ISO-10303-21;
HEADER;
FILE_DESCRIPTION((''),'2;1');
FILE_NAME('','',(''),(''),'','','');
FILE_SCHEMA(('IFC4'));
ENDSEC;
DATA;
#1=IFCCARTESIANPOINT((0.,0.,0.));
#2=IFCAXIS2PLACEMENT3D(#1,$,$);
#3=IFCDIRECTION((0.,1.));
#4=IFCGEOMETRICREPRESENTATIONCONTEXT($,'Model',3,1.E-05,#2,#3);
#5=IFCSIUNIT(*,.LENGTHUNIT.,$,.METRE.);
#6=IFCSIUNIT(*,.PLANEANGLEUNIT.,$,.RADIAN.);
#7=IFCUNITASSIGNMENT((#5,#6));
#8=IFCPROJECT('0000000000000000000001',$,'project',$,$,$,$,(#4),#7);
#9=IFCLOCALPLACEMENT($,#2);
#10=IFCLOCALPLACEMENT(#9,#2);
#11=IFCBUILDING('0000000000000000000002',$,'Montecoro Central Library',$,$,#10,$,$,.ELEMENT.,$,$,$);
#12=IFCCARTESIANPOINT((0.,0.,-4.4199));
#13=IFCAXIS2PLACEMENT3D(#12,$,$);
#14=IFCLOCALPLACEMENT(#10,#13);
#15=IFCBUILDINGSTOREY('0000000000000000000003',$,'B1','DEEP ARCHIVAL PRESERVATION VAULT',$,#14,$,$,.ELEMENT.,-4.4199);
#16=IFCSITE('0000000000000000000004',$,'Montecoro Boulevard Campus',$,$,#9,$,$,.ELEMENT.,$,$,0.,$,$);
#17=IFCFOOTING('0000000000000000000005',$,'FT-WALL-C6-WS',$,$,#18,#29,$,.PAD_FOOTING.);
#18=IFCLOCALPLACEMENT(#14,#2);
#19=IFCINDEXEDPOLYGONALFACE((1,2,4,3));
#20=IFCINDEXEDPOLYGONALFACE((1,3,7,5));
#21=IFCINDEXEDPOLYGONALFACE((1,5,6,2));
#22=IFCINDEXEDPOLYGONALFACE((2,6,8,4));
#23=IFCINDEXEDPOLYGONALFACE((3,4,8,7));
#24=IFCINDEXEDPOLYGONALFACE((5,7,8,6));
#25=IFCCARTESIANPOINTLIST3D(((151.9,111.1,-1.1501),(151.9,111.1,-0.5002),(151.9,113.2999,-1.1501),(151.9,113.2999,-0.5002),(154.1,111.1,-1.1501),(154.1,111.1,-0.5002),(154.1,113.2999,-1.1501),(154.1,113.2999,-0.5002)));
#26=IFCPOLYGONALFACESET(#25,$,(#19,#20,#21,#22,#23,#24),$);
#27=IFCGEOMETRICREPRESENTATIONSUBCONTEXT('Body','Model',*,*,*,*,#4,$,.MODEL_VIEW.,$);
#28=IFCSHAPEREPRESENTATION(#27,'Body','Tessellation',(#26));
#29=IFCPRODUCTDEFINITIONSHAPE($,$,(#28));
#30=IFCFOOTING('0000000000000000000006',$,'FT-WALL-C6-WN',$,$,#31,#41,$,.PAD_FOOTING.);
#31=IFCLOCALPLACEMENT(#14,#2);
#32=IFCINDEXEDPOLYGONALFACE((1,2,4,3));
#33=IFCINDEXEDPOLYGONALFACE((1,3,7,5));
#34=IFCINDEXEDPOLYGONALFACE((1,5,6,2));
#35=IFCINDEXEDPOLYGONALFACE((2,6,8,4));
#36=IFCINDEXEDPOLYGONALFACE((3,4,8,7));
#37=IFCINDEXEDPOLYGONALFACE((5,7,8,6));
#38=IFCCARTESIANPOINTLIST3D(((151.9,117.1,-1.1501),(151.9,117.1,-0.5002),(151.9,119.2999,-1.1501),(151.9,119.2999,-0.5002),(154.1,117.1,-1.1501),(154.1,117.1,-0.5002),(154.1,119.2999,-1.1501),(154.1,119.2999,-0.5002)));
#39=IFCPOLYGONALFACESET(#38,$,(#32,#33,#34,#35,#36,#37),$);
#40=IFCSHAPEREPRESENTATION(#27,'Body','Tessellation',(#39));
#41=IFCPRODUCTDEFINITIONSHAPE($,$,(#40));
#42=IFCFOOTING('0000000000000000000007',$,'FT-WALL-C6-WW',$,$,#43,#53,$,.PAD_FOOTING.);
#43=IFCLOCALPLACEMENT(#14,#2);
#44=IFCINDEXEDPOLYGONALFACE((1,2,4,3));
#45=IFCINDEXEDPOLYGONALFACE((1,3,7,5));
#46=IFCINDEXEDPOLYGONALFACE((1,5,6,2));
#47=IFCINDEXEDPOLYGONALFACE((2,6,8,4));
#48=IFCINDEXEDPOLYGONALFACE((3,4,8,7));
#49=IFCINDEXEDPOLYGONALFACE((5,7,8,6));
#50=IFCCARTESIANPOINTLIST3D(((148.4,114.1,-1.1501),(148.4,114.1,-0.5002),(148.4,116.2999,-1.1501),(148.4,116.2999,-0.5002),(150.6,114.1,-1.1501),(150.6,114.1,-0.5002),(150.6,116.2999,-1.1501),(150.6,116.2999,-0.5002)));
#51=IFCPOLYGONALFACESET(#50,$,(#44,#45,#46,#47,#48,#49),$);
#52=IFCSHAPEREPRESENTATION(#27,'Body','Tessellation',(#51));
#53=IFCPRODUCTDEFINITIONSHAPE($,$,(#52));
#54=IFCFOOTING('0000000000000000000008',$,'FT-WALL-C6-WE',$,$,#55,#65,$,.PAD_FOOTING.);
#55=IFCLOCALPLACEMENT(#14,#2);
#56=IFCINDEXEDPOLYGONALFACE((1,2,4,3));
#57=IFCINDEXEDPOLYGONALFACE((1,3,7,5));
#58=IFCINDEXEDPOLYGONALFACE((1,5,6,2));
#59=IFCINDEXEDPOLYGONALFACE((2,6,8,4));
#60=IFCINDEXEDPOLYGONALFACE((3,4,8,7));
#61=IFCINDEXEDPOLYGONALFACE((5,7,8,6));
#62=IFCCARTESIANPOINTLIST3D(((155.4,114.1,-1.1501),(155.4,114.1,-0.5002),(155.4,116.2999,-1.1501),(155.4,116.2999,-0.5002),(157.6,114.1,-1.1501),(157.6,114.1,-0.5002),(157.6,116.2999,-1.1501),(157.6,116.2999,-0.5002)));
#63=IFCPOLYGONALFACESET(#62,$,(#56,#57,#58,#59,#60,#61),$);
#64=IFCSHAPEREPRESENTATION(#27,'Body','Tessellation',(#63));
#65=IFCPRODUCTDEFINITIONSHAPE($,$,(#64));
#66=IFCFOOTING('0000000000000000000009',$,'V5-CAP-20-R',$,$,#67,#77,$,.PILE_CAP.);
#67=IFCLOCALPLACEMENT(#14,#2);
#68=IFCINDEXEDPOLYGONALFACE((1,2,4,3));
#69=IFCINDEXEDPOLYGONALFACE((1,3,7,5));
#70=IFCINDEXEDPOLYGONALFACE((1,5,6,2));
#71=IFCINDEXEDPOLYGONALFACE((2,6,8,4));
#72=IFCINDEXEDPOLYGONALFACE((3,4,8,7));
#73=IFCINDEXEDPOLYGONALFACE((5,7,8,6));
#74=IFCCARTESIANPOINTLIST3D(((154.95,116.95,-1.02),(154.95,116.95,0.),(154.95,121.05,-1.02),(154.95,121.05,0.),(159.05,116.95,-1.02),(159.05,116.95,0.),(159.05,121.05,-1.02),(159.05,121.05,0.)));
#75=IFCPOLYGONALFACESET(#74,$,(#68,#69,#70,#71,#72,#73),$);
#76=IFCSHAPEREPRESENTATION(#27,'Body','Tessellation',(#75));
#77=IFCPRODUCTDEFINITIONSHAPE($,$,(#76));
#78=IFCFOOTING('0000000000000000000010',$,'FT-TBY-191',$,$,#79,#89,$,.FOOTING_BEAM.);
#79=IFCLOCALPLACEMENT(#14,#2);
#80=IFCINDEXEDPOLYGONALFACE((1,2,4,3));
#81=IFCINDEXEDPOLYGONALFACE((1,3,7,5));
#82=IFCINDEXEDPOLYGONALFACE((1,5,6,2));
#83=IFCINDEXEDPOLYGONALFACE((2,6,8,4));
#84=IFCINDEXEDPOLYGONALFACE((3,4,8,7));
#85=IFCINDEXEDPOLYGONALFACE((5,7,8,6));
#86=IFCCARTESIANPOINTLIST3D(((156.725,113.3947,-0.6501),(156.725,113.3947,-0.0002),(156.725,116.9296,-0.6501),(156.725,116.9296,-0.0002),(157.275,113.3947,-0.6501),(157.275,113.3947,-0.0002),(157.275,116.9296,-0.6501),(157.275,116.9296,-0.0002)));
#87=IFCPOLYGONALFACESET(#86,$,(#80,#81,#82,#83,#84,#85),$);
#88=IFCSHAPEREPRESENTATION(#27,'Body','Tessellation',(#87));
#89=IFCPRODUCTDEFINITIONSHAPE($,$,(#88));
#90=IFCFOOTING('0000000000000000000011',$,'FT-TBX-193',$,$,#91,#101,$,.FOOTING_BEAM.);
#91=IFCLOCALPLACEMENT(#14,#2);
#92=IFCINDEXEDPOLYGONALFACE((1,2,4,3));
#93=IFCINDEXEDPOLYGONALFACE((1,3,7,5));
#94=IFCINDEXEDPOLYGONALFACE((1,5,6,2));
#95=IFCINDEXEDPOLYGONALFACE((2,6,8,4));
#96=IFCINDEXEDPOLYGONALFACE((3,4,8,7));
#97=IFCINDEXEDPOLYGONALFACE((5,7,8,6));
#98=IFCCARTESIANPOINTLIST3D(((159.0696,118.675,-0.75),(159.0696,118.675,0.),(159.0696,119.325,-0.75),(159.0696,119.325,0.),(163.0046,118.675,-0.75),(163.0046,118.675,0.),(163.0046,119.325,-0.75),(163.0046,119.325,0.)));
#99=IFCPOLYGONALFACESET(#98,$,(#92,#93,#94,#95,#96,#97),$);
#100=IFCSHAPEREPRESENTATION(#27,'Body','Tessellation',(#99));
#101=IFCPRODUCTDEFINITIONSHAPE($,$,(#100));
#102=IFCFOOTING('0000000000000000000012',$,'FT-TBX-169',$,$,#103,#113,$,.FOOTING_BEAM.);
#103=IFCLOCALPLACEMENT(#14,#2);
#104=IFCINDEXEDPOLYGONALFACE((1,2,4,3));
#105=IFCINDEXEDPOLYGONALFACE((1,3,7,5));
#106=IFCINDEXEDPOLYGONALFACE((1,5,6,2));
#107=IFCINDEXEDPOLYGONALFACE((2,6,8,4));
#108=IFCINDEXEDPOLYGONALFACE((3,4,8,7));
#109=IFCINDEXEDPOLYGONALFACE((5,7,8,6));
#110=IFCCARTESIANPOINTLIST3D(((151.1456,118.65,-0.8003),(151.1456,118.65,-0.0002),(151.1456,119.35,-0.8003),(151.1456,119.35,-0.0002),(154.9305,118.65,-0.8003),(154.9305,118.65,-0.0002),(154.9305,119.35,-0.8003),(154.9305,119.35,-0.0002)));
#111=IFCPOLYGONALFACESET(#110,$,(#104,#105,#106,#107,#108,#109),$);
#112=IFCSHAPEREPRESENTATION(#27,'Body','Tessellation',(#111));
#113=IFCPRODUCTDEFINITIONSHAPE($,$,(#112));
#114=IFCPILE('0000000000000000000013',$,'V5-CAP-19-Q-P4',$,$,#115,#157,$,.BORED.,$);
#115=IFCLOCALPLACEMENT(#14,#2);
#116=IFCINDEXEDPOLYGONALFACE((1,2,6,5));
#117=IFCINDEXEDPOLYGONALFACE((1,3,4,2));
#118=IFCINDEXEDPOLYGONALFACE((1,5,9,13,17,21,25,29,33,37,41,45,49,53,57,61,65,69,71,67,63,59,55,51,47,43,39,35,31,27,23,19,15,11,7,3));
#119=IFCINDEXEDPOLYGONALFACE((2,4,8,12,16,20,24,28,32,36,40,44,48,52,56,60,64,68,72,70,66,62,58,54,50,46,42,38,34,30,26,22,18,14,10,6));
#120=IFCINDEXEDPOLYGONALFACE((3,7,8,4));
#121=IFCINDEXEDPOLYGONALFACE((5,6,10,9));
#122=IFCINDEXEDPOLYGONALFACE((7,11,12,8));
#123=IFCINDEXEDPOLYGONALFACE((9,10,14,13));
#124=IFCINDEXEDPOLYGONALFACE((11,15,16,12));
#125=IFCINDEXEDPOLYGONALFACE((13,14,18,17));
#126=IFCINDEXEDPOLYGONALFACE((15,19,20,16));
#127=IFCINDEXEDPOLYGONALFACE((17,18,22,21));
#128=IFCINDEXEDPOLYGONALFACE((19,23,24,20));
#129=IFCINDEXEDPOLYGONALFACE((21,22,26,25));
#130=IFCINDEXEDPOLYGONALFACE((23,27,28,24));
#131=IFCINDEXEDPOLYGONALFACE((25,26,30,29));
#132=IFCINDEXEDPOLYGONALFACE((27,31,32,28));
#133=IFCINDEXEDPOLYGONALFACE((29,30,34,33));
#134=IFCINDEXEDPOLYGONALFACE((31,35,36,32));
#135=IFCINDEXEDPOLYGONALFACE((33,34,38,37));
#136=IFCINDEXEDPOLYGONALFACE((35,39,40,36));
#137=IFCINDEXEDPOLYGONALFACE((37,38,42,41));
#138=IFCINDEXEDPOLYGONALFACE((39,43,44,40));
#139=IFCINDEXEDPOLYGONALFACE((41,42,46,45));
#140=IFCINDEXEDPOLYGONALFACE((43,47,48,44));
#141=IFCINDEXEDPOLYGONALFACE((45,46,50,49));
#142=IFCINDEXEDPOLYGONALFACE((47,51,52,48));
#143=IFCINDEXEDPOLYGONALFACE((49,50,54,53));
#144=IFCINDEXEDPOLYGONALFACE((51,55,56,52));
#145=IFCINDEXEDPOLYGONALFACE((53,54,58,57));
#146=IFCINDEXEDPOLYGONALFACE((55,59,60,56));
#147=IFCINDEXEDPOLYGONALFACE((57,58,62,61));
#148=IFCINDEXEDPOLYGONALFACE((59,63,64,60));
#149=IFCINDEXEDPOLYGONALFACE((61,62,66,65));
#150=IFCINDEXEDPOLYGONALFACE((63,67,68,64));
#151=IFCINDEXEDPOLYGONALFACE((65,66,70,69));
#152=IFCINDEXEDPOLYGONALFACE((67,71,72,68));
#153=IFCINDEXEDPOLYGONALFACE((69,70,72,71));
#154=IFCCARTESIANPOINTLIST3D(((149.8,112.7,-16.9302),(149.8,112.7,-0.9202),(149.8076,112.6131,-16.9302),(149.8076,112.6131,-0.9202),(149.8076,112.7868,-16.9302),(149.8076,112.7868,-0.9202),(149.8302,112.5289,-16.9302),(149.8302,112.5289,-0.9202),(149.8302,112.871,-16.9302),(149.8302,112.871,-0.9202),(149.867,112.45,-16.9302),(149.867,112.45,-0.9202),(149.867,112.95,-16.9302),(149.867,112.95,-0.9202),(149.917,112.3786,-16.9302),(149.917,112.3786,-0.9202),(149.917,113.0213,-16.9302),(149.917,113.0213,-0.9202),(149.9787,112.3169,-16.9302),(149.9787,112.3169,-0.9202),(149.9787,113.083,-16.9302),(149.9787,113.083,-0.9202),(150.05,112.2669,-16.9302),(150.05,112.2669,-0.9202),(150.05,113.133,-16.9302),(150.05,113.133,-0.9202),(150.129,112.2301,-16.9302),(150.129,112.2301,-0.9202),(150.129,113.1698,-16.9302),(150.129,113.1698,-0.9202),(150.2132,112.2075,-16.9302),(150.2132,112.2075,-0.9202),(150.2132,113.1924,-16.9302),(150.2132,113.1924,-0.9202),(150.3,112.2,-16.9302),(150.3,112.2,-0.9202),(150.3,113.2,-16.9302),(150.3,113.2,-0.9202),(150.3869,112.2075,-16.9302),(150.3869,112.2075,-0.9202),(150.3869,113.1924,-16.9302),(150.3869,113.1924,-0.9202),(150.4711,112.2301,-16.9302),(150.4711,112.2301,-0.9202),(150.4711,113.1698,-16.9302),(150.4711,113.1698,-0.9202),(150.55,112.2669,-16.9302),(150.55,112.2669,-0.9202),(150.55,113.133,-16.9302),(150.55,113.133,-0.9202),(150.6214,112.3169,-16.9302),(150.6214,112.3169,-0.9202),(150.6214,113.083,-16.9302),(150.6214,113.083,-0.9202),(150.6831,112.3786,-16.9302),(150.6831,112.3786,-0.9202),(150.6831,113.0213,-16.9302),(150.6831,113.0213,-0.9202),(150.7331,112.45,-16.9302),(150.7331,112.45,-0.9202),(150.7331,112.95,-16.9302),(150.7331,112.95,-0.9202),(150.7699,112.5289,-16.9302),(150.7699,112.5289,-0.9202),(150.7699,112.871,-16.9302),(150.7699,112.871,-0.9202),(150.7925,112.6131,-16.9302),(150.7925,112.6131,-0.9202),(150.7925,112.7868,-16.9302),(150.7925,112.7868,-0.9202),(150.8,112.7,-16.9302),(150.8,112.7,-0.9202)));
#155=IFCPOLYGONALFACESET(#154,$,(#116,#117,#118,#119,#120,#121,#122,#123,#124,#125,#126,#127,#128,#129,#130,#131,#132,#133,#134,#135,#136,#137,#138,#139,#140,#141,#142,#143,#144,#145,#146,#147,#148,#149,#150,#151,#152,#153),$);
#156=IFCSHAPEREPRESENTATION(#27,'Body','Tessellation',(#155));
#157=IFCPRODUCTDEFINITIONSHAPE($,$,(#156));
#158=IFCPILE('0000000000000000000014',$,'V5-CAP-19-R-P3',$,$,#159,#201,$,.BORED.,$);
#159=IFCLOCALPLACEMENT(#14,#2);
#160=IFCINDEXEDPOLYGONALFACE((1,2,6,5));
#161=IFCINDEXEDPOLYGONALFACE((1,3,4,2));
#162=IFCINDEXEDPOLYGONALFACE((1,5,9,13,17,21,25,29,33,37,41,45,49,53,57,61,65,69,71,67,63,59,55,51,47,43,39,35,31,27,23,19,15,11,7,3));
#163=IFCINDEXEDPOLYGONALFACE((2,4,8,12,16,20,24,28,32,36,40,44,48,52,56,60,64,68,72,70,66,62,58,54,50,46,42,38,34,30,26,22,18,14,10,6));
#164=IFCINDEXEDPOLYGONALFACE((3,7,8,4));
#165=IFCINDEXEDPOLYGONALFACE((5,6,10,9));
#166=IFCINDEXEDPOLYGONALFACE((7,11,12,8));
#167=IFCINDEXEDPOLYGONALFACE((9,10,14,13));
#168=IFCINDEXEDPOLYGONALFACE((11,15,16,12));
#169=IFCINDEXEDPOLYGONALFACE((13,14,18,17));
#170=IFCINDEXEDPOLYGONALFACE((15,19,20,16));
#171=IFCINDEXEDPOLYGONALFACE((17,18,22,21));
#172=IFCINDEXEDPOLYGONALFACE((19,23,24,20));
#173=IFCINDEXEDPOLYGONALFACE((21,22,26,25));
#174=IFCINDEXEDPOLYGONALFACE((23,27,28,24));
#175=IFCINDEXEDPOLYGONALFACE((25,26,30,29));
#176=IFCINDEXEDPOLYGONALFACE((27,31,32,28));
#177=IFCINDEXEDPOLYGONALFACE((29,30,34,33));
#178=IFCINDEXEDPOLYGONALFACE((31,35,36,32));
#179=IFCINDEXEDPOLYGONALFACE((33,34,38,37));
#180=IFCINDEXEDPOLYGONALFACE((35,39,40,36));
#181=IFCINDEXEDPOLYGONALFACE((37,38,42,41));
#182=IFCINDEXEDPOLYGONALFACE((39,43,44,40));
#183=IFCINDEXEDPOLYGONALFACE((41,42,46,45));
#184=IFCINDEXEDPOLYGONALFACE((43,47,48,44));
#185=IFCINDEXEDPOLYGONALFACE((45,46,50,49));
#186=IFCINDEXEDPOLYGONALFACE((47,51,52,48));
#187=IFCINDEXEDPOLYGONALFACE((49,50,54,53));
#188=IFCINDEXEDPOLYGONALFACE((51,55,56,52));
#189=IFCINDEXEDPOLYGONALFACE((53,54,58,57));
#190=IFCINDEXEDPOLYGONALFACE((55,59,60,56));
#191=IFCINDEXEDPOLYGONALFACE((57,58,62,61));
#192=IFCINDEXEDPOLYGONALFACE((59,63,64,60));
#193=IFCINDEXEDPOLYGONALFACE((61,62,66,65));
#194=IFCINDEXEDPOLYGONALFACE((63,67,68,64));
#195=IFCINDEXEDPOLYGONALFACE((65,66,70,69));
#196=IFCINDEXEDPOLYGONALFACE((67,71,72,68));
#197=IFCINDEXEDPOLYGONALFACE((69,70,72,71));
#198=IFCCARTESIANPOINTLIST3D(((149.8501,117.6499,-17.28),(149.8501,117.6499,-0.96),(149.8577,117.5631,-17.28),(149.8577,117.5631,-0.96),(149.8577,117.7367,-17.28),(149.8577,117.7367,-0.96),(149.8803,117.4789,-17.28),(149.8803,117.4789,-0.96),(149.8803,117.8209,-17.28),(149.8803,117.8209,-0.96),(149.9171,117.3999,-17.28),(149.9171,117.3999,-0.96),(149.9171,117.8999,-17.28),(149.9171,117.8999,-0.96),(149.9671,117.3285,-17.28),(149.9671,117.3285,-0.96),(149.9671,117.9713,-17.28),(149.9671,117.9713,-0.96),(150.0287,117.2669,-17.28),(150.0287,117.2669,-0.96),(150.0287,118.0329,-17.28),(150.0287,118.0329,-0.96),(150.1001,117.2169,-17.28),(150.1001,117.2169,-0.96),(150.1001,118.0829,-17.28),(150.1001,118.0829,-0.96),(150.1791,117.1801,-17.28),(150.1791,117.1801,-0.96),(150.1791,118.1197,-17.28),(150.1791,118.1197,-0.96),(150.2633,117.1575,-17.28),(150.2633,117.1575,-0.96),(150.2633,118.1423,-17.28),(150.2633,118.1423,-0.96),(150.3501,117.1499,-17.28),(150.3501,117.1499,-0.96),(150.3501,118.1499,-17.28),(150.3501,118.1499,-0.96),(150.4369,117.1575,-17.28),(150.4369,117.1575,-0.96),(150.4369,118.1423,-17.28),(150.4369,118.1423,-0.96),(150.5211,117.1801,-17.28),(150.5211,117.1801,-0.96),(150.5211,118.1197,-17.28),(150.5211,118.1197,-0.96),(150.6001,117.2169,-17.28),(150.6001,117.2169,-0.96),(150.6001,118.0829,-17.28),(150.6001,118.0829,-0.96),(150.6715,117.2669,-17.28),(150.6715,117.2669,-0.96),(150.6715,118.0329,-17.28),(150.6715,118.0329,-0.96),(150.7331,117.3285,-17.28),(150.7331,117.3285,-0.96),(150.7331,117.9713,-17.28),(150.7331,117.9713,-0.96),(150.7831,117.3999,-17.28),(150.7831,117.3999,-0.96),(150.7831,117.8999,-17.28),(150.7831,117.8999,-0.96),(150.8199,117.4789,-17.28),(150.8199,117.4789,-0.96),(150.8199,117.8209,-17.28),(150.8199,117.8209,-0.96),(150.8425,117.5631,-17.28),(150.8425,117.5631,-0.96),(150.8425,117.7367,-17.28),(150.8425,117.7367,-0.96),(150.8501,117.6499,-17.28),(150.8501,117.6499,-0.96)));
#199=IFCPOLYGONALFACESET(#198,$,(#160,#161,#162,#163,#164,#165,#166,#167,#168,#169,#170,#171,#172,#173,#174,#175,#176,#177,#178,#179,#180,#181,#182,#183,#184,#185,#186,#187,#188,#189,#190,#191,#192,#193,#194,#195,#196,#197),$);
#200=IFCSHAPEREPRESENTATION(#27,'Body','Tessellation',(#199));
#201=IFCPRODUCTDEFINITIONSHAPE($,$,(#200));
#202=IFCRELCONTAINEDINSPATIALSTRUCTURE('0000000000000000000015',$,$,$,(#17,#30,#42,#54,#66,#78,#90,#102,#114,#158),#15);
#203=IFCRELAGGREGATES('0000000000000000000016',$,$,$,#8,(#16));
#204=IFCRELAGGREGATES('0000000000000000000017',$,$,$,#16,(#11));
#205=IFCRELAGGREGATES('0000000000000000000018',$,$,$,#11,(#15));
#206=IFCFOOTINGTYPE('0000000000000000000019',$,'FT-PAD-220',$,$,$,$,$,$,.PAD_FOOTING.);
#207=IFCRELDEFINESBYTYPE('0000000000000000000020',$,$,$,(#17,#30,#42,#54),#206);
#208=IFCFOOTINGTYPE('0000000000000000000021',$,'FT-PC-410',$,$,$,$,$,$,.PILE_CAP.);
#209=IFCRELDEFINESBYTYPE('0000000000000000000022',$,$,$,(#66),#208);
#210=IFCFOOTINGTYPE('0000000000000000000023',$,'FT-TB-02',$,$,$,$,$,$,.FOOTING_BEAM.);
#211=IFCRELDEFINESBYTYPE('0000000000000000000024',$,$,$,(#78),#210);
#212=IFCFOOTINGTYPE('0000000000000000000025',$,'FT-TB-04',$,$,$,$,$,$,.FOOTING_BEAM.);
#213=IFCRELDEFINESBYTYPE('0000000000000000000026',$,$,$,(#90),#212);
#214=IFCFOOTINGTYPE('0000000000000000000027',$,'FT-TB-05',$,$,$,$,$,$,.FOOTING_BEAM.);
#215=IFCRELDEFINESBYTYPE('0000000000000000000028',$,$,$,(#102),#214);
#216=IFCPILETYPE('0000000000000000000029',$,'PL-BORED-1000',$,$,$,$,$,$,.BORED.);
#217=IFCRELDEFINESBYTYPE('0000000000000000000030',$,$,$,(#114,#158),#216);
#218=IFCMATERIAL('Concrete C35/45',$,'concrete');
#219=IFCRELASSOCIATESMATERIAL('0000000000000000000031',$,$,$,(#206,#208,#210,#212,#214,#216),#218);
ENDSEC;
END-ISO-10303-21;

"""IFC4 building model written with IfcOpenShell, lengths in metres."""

from ifc_helpers import new_model, si_unit, direction, frame, origin, origin_2d, place, context, subcontext, project, spatial, rectangle, circle, extrude, material, material_profile, profile_set, type_object, element, save


model = new_model("IFC4")

# Units and contexts
model_context = context("Model", 3, precision=1e-05, world=origin(), true_north=direction((0.0, 1.0)))
body_context = subcontext(model_context, "Body", "Model", "MODEL_VIEW")
ifc_project = project(units=[si_unit("LENGTHUNIT", "METRE"), si_unit("PLANEANGLEUNIT", "RADIAN")], contexts=[model_context])

# Site, building, storey
site_placement = place(None, origin())
site = spatial("IfcSite", under=ifc_project, at=site_placement, Name="Montecoro Boulevard Campus", CompositionType="ELEMENT", RefElevation=0.0)
building_placement = place(site_placement, origin())
building = spatial("IfcBuilding", under=site, at=building_placement, Name="Montecoro Central Library", CompositionType="ELEMENT")
storey_placement = place(building_placement, frame((0.0, 0.0, -4.4199)))
storey = spatial("IfcBuildingStorey", under=building, at=storey_placement, Name="B1", Description="DEEP ARCHIVAL PRESERVATION VAULT", CompositionType="ELEMENT", Elevation=-4.4199)

# Footings
ifc_material_1 = material(Name="Concrete C35/45", Category="concrete")
footing_type_1 = type_object("IfcFootingType", Name="FT-PAD-220", PredefinedType="PAD_FOOTING", material=ifc_material_1)
for number, where, z_axis, x_axis, name in (
    (1, (153.0, 112.2, -1.1501), (0.0, 0.0, 1.0), (1.0, 0.0, 0.0), "FT-WALL-C6-WS"),
    (2, (153.0, 118.2, -1.1501), (0.0, 0.0, 1.0), (1.0, 0.0, 0.0), "FT-WALL-C6-WN"),
    (3, (149.5, 115.2, -1.1501), (0.0, 0.0, 1.0), (1.0, 0.0, 0.0), "FT-WALL-C6-WW"),
    (4, (156.5, 115.2, -1.1501), (0.0, 0.0, 1.0), (1.0, 0.0, 0.0), "FT-WALL-C6-WE"),
):
    element("IfcFooting", number, at=place(storey_placement, frame(where, z_axis=z_axis, x_axis=x_axis)), inside=storey, type_object=footing_type_1, Name=name, PredefinedType="PAD_FOOTING", context=body_context, shape_type="SweptSolid", body=[
        extrude(rectangle(XDim=2.2, YDim=2.2, at=origin_2d()), origin(), (0.0, 0.0, 1.0), 0.6499),
    ])
footing_type_2 = type_object("IfcFootingType", Name="FT-PC-410", PredefinedType="PILE_CAP", material=ifc_material_1)
footing_1_placement = place(storey_placement, frame((157.0, 119.0, -1.02), z_axis=(0.0, 0.0, 1.0), x_axis=(1.0, 0.0, 0.0)))
element("IfcFooting", 5, at=footing_1_placement, inside=storey, type_object=footing_type_2, Name="V5-CAP-20-R", PredefinedType="PILE_CAP", context=body_context, shape_type="SweptSolid", body=[
    extrude(rectangle(XDim=4.1001, YDim=4.1001, at=origin_2d()), origin(), (0.0, 0.0, 1.0), 1.02),
])
footing_type_3 = type_object("IfcFootingType", Name="FT-TB-02", PredefinedType="FOOTING_BEAM", material=ifc_material_1)
footing_2_placement = place(storey_placement, frame((157.0, 115.1621, -0.6501), z_axis=(0.0, 0.0, 1.0), x_axis=(1.0, 0.0, 0.0)))
element("IfcFooting", 6, at=footing_2_placement, inside=storey, type_object=footing_type_3, Name="FT-TBY-191", PredefinedType="FOOTING_BEAM", context=body_context, shape_type="SweptSolid", body=[
    extrude(rectangle(XDim=0.55, YDim=3.5349, at=origin_2d()), origin(), (0.0, 0.0, 1.0), 0.6499),
])
footing_type_4 = type_object("IfcFootingType", Name="FT-TB-04", PredefinedType="FOOTING_BEAM", material=ifc_material_1)
footing_3_placement = place(storey_placement, frame((161.0371, 119.0, -0.75), z_axis=(0.0, 0.0, 1.0), x_axis=(1.0, 0.0, 0.0)))
element("IfcFooting", 7, at=footing_3_placement, inside=storey, type_object=footing_type_4, Name="FT-TBX-193", PredefinedType="FOOTING_BEAM", context=body_context, shape_type="SweptSolid", body=[
    extrude(rectangle(XDim=3.9351, YDim=0.6499, at=origin_2d()), origin(), (0.0, 0.0, 1.0), 0.75),
])
footing_type_5 = type_object("IfcFootingType", Name="FT-TB-05", PredefinedType="FOOTING_BEAM", material=ifc_material_1)
footing_4_placement = place(storey_placement, frame((153.0381, 119.0, -0.8003), z_axis=(0.0, 0.0, 1.0), x_axis=(1.0, 0.0, 0.0)))
element("IfcFooting", 8, at=footing_4_placement, inside=storey, type_object=footing_type_5, Name="FT-TBX-169", PredefinedType="FOOTING_BEAM", context=body_context, shape_type="SweptSolid", body=[
    extrude(rectangle(XDim=3.7849, YDim=0.7, at=origin_2d()), origin(), (0.0, 0.0, 1.0), 0.8),
])

# Piles
ifc_material_profile_1 = material_profile(ifc_material_1, circle(Radius=0.5, at=origin_2d()), Name="PILE D1000")
ifc_profile_set_1 = profile_set([ifc_material_profile_1], Name="Concrete C35/45")
pile_type_1 = type_object("IfcPileType", Name="PL-BORED-1000", PredefinedType="BORED", material=ifc_profile_set_1)
pile_placement = place(storey_placement, frame((150.3, 112.7, -0.9202), z_axis=(0.0, 0.0, -1.0), x_axis=(1.0, 0.0, 0.0)))
element("IfcPile", 9, at=pile_placement, inside=storey, type_object=pile_type_1, Name="V5-CAP-19-Q-P4", PredefinedType="BORED", context=body_context, shape_type="SweptSolid", body=[
    extrude(circle(Radius=0.5, at=origin_2d()), origin(), (0.0, 0.0, 1.0), 16.01),
])
for number, where, z_axis, x_axis, name in (
    (10, (150.3501, 117.6499, -0.96), (0.0, 0.0, -1.0), (1.0, 0.0, 0.0), "V5-CAP-19-R-P3"),
):
    element("IfcPile", number, at=place(storey_placement, frame(where, z_axis=z_axis, x_axis=x_axis)), inside=storey, type_object=pile_type_1, Name=name, PredefinedType="BORED", context=body_context, shape_type="SweptSolid", body=[
        extrude(circle(Radius=0.5, at=origin_2d()), origin(), (0.0, 0.0, 1.0), 16.3201),
    ])

save(model, "model.ifc")
